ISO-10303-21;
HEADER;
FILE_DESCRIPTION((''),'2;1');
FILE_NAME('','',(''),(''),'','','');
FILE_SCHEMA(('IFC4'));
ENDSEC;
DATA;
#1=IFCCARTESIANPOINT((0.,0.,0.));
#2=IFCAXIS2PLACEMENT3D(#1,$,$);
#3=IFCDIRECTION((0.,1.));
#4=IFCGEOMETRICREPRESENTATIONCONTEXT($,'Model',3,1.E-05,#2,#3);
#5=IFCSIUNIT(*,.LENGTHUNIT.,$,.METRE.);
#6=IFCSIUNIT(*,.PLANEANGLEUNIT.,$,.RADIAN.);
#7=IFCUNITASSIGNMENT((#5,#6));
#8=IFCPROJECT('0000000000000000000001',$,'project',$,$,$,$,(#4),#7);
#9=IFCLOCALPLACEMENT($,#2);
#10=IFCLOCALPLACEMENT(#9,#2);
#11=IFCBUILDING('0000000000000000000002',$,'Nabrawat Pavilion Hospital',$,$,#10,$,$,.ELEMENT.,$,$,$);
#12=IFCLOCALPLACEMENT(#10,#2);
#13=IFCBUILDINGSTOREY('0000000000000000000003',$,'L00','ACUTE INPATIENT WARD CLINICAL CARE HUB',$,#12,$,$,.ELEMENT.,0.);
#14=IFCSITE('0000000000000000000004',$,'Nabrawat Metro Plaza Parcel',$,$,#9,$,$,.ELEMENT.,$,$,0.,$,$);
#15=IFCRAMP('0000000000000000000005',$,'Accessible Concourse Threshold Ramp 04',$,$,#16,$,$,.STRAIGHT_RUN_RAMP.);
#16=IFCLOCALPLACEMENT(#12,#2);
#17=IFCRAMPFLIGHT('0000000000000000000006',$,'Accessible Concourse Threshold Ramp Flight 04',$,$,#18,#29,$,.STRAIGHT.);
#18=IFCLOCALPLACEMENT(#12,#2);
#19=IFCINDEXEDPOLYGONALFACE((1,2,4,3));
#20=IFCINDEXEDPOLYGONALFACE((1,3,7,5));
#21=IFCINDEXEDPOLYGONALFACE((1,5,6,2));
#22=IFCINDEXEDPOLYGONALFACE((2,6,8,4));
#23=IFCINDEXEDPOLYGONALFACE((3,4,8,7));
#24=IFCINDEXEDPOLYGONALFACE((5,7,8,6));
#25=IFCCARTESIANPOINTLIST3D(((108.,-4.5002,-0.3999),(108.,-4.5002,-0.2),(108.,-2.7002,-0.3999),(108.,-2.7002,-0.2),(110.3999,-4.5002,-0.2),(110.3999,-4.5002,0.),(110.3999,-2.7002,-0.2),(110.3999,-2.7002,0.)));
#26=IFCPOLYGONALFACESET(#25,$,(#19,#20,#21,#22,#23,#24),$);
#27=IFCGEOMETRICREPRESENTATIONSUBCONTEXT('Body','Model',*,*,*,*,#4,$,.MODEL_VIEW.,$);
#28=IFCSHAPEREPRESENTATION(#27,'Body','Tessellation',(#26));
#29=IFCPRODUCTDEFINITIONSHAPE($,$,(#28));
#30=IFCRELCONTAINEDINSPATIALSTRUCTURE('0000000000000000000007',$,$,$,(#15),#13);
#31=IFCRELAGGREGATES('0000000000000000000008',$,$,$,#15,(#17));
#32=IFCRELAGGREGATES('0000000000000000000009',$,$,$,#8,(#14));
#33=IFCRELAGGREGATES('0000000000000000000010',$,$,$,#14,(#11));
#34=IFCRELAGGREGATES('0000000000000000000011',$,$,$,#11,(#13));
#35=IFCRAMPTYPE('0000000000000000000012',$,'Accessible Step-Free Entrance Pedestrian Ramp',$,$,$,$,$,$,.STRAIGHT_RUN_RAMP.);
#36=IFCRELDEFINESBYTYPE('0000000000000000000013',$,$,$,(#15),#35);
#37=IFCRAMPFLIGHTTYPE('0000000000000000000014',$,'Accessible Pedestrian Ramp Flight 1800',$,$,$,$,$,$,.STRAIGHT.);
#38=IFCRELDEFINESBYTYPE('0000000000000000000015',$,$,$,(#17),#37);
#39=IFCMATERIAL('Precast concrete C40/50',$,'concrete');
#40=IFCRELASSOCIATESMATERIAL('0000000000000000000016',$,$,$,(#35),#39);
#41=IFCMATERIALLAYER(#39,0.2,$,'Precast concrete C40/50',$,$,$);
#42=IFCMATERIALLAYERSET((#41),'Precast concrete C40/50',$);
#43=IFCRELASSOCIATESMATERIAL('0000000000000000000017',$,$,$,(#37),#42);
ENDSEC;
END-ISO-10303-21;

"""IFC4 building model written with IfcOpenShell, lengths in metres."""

from ifc_helpers import new_model, si_unit, direction, frame, origin, place, context, subcontext, project, spatial, polyline, outline, extrude, material, layer, layer_set, type_object, element, aggregate, save


model = new_model("IFC4")

# Units and contexts
model_context = context("Model", 3, precision=1e-05, world=origin(), true_north=direction((0.0, 1.0)))
body_context = subcontext(model_context, "Body", "Model", "MODEL_VIEW")
ifc_project = project(units=[si_unit("LENGTHUNIT", "METRE"), si_unit("PLANEANGLEUNIT", "RADIAN")], contexts=[model_context])

# Site, building, storey
site_placement = place(None, origin())
site = spatial("IfcSite", under=ifc_project, at=site_placement, Name="Nabrawat Metro Plaza Parcel", CompositionType="ELEMENT", RefElevation=0.0)
building_placement = place(site_placement, origin())
building = spatial("IfcBuilding", under=site, at=building_placement, Name="Nabrawat Pavilion Hospital", CompositionType="ELEMENT")
storey_placement = place(building_placement, origin())
storey = spatial("IfcBuildingStorey", under=building, at=storey_placement, Name="L00", Description="ACUTE INPATIENT WARD CLINICAL CARE HUB", CompositionType="ELEMENT", Elevation=0.0)

# Ramp, ramp flight
ifc_material_1 = material(Name="Precast concrete C40/50", Category="concrete")
ramp_type = type_object("IfcRampType", Name="Accessible Step-Free Entrance Pedestrian Ramp", PredefinedType="STRAIGHT_RUN_RAMP", material=ifc_material_1)
ifc_layer_1 = layer(ifc_material_1, 0.2, Name="Precast concrete C40/50")
ifc_layer_set_1 = layer_set([ifc_layer_1], Name="Precast concrete C40/50")
ramp_flight_type = type_object("IfcRampFlightType", Name="Accessible Pedestrian Ramp Flight 1800", PredefinedType="STRAIGHT", material=ifc_layer_set_1)
ramp_1_placement = place(storey_placement, origin())
ramp_1 = element("IfcRamp", 1, at=ramp_1_placement, inside=storey, type_object=ramp_type, Name="Accessible Concourse Threshold Ramp 04", PredefinedType="STRAIGHT_RUN_RAMP")
ramp_flight_1_placement = place(storey_placement, frame((108.0, -3.6001, -0.2), z_axis=(0.0, 0.0, 1.0), x_axis=(1.0, 0.0, 0.0)))
ramp_flight_1 = element("IfcRampFlight", 2, at=ramp_flight_1_placement, type_object=ramp_flight_type, Name="Accessible Concourse Threshold Ramp Flight 04", PredefinedType="STRAIGHT", context=body_context, shape_type="SweptSolid", body=[
    extrude(outline(polyline([(0.0, 0.0), (2.3999, 0.2), (2.3999, 0.0), (0.0, -0.2), (0.0, 0.0)])), frame((0.0, 0.8999, 0.0), z_axis=(0.0, -1.0, 0.0), x_axis=(1.0, 0.0, 0.0)), (0.0, 0.0, 1.0), 1.8),
])
aggregate(ramp_1, [ramp_flight_1])

save(model, "model.ifc")
